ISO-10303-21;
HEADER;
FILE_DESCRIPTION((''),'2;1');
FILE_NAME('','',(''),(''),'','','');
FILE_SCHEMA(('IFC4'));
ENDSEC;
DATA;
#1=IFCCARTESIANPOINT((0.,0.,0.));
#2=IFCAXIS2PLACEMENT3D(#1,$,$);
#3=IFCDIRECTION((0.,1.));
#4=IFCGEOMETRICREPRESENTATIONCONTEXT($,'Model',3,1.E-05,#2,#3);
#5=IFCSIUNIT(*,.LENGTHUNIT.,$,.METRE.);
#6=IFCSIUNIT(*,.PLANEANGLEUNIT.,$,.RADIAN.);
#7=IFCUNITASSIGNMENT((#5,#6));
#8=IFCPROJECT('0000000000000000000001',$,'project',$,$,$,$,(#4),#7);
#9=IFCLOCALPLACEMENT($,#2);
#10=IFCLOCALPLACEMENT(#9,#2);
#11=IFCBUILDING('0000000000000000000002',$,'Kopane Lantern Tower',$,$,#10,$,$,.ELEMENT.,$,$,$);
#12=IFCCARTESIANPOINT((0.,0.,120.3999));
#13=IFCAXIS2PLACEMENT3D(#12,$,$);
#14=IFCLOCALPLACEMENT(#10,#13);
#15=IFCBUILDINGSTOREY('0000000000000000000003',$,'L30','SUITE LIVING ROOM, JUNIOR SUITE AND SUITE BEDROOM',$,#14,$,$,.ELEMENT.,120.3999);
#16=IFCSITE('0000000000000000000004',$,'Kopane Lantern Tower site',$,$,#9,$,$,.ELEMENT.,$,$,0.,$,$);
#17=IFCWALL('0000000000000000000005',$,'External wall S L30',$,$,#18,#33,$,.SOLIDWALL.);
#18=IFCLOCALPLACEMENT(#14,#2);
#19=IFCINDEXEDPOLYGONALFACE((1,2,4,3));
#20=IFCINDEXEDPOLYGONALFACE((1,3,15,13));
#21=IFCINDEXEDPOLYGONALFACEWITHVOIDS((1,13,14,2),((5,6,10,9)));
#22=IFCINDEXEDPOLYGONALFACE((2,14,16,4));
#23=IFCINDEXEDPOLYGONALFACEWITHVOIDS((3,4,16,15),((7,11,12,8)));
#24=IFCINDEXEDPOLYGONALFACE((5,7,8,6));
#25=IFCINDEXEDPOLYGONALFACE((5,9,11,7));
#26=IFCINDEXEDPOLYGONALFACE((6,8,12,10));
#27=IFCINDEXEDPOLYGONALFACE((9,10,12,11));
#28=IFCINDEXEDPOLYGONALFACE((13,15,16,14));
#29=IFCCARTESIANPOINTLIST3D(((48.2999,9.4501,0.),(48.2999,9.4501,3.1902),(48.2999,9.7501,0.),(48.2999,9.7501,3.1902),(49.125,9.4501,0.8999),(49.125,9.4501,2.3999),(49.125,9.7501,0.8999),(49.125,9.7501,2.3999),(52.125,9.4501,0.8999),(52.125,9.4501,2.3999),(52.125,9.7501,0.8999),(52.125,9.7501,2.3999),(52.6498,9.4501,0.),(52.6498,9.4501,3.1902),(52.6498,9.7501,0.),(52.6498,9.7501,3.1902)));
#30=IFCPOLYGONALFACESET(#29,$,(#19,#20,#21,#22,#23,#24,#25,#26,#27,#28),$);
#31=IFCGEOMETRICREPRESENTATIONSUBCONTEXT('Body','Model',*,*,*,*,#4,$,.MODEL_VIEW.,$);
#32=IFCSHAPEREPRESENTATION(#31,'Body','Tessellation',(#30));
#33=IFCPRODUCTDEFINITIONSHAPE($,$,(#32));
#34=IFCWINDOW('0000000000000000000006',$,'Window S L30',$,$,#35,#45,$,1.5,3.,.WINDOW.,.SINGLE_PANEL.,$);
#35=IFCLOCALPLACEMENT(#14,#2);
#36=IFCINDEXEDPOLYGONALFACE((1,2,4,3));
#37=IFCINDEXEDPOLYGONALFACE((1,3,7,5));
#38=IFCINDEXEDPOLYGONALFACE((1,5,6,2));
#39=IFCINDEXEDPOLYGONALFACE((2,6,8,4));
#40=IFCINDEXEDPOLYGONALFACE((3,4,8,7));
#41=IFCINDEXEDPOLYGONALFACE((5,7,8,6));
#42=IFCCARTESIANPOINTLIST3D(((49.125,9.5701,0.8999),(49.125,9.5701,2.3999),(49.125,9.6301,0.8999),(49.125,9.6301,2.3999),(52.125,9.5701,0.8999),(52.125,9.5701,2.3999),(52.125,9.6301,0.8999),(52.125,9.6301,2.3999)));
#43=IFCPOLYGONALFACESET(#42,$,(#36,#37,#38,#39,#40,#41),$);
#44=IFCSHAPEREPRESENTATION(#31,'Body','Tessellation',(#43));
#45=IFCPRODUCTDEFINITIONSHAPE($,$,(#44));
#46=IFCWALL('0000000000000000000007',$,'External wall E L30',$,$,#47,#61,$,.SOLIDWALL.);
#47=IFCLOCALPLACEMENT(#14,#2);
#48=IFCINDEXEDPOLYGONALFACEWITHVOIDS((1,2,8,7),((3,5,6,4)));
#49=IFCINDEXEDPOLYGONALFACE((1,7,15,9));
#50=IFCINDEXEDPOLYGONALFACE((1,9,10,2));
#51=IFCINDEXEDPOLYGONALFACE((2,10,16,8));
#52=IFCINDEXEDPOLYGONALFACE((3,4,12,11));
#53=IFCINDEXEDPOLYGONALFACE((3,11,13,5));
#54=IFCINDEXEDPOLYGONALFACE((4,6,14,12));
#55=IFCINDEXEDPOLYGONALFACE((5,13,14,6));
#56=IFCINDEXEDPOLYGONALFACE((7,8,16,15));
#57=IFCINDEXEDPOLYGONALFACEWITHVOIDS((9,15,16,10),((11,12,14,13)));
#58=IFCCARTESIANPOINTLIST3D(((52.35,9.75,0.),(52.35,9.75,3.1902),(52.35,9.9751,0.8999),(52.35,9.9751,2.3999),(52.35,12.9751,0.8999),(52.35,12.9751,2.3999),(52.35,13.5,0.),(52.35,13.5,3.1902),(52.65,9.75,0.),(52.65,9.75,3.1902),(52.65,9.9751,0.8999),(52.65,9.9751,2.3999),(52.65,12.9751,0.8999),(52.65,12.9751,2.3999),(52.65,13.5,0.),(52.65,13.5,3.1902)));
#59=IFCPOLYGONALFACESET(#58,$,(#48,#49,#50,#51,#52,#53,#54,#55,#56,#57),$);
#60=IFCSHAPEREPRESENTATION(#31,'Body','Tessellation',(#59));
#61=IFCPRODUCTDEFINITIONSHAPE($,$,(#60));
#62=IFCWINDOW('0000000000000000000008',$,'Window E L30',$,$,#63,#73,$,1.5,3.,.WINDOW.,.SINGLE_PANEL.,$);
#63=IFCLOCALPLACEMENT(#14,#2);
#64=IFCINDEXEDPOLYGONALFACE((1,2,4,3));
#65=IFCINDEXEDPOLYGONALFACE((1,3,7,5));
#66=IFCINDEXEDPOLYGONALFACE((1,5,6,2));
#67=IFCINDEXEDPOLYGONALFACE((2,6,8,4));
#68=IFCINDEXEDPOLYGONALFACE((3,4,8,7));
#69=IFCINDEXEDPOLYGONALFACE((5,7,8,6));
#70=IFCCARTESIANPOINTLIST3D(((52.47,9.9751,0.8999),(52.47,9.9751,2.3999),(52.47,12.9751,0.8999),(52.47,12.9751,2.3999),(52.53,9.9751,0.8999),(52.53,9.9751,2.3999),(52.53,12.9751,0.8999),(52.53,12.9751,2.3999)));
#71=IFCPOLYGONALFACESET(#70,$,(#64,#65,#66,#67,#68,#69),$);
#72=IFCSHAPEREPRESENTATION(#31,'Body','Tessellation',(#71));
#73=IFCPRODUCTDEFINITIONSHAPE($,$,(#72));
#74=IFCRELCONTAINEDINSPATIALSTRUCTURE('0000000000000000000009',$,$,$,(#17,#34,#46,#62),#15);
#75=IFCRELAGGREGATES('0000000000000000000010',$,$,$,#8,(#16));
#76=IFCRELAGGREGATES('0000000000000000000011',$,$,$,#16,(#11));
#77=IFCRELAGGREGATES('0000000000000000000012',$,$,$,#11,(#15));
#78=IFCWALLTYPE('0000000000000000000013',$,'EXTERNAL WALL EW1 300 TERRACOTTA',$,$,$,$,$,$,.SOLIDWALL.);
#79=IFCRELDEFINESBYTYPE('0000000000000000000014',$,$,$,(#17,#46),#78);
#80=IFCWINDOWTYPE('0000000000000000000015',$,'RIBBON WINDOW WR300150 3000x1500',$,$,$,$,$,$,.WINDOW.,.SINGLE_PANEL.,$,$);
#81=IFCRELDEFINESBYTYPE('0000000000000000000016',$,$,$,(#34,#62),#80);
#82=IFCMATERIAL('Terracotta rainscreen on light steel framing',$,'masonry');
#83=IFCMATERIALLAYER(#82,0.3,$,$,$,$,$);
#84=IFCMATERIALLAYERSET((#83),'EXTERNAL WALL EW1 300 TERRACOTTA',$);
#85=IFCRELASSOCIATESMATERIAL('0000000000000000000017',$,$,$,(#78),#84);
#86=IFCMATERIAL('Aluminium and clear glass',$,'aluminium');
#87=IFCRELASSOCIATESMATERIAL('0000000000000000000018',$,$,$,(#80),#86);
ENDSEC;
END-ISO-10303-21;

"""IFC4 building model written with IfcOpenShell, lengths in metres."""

from ifc_helpers import new_model, si_unit, direction, frame, frame_2d, origin, place, context, subcontext, project, spatial, rectangle, extrude, material, layer, layer_set, type_object, element, fill, save


model = new_model("IFC4")

# Units and contexts
model_context = context("Model", 3, precision=1e-05, world=origin(), true_north=direction((0.0, 1.0)))
body_context = subcontext(model_context, "Body", "Model", "MODEL_VIEW")
ifc_project = project(units=[si_unit("LENGTHUNIT", "METRE"), si_unit("PLANEANGLEUNIT", "RADIAN")], contexts=[model_context])

# Site, building, storey
site_placement = place(None, origin())
site = spatial("IfcSite", under=ifc_project, at=site_placement, Name="Kopane Lantern Tower site", CompositionType="ELEMENT", RefElevation=0.0)
building_placement = place(site_placement, origin())
building = spatial("IfcBuilding", under=site, at=building_placement, Name="Kopane Lantern Tower", CompositionType="ELEMENT")
storey_placement = place(building_placement, frame((0.0, 0.0, 120.3999)))
storey = spatial("IfcBuildingStorey", under=building, at=storey_placement, Name="L30", Description="SUITE LIVING ROOM, JUNIOR SUITE AND SUITE BEDROOM", CompositionType="ELEMENT", Elevation=120.3999)

# Walls, openings, windows
ifc_material_1 = material(Name="Terracotta rainscreen on light steel framing", Category="masonry")
ifc_layer = layer(ifc_material_1, 0.3)
ifc_layer_set = layer_set([ifc_layer], Name="EXTERNAL WALL EW1 300 TERRACOTTA")
wall_type = type_object("IfcWallType", Name="EXTERNAL WALL EW1 300 TERRACOTTA", PredefinedType="SOLIDWALL", material=ifc_layer_set)
ifc_material_2 = material(Name="Aluminium and clear glass", Category="aluminium")
window_type = type_object("IfcWindowType", Name="RIBBON WINDOW WR300150 3000x1500", PartitioningType="SINGLE_PANEL", PredefinedType="WINDOW", material=ifc_material_2)
wall_1_placement = place(storey_placement, frame((48.3, 9.6001, 0.0), z_axis=(0.0, 0.0, 1.0), x_axis=(1.0, 0.0, 0.0)))
wall_1 = element("IfcWall", 1, at=wall_1_placement, inside=storey, type_object=wall_type, Name="External wall S L30", PredefinedType="SOLIDWALL", context=body_context, shape_type="SweptSolid", body=[
    extrude(rectangle(XDim=4.3499, YDim=0.3, at=frame_2d((2.1748, 0.0))), origin(), (0.0, 0.0, 1.0), 3.1902),
])
opening_1_placement = place(wall_1_placement, frame((0.825, 0.0, 0.8999)))
opening_1 = element("IfcOpeningElement", 2, at=opening_1_placement, cuts=wall_1, PredefinedType="OPENING", context=body_context, shape_type="SweptSolid", body=[
    extrude(rectangle(XDim=3.0, YDim=1.5, at=frame_2d((1.5, 0.75))), frame((0.0, 0.1599, 0.0), z_axis=(0.0, -1.0, 0.0), x_axis=(1.0, 0.0, 0.0)), (0.0, 0.0, 1.0), 0.3201),
])
window_1_placement = place(opening_1_placement, origin())
window_1 = element("IfcWindow", 3, at=window_1_placement, inside=storey, type_object=window_type, Name="Window S L30", OverallHeight=1.5, OverallWidth=3.0, PartitioningType="SINGLE_PANEL", PredefinedType="WINDOW", context=body_context, shape_type="SweptSolid", body=[
    extrude(rectangle(XDim=3.0, YDim=1.5, at=frame_2d((1.5, 0.75))), frame((0.0, 0.03, 0.0), z_axis=(0.0, -1.0, 0.0), x_axis=(1.0, 0.0, 0.0)), (0.0, 0.0, 1.0), 0.0601),
])
fill(opening_1, window_1)
wall_2_placement = place(storey_placement, frame((52.5, 9.75, 0.0), z_axis=(0.0, 0.0, 1.0), x_axis=(0.0, 1.0, 0.0)))
wall_2 = element("IfcWall", 4, at=wall_2_placement, inside=storey, type_object=wall_type, Name="External wall E L30", PredefinedType="SOLIDWALL", context=body_context, shape_type="SweptSolid", body=[
    extrude(rectangle(XDim=3.75, YDim=0.3, at=frame_2d((1.875, 0.0))), origin(), (0.0, 0.0, 1.0), 3.1902),
])
opening_2_placement = place(wall_2_placement, frame((0.2251, 0.0, 0.8999)))
opening_2 = element("IfcOpeningElement", 5, at=opening_2_placement, cuts=wall_2, PredefinedType="OPENING", context=body_context, shape_type="SweptSolid", body=[
    extrude(rectangle(XDim=3.0, YDim=1.5, at=frame_2d((1.5, 0.75))), frame((0.0, 0.1599, 0.0), z_axis=(0.0, -1.0, 0.0), x_axis=(1.0, 0.0, 0.0)), (0.0, 0.0, 1.0), 0.3201),
])
window_2_placement = place(opening_2_placement, origin())
window_2 = element("IfcWindow", 6, at=window_2_placement, inside=storey, type_object=window_type, Name="Window E L30", OverallHeight=1.5, OverallWidth=3.0, PartitioningType="SINGLE_PANEL", PredefinedType="WINDOW", context=body_context, shape_type="SweptSolid", body=[
    extrude(rectangle(XDim=3.0, YDim=1.5, at=frame_2d((1.5, 0.75))), frame((0.0, 0.03, 0.0), z_axis=(0.0, -1.0, 0.0), x_axis=(1.0, 0.0, 0.0)), (0.0, 0.0, 1.0), 0.0601),
])
fill(opening_2, window_2)

save(model, "model.ifc")
